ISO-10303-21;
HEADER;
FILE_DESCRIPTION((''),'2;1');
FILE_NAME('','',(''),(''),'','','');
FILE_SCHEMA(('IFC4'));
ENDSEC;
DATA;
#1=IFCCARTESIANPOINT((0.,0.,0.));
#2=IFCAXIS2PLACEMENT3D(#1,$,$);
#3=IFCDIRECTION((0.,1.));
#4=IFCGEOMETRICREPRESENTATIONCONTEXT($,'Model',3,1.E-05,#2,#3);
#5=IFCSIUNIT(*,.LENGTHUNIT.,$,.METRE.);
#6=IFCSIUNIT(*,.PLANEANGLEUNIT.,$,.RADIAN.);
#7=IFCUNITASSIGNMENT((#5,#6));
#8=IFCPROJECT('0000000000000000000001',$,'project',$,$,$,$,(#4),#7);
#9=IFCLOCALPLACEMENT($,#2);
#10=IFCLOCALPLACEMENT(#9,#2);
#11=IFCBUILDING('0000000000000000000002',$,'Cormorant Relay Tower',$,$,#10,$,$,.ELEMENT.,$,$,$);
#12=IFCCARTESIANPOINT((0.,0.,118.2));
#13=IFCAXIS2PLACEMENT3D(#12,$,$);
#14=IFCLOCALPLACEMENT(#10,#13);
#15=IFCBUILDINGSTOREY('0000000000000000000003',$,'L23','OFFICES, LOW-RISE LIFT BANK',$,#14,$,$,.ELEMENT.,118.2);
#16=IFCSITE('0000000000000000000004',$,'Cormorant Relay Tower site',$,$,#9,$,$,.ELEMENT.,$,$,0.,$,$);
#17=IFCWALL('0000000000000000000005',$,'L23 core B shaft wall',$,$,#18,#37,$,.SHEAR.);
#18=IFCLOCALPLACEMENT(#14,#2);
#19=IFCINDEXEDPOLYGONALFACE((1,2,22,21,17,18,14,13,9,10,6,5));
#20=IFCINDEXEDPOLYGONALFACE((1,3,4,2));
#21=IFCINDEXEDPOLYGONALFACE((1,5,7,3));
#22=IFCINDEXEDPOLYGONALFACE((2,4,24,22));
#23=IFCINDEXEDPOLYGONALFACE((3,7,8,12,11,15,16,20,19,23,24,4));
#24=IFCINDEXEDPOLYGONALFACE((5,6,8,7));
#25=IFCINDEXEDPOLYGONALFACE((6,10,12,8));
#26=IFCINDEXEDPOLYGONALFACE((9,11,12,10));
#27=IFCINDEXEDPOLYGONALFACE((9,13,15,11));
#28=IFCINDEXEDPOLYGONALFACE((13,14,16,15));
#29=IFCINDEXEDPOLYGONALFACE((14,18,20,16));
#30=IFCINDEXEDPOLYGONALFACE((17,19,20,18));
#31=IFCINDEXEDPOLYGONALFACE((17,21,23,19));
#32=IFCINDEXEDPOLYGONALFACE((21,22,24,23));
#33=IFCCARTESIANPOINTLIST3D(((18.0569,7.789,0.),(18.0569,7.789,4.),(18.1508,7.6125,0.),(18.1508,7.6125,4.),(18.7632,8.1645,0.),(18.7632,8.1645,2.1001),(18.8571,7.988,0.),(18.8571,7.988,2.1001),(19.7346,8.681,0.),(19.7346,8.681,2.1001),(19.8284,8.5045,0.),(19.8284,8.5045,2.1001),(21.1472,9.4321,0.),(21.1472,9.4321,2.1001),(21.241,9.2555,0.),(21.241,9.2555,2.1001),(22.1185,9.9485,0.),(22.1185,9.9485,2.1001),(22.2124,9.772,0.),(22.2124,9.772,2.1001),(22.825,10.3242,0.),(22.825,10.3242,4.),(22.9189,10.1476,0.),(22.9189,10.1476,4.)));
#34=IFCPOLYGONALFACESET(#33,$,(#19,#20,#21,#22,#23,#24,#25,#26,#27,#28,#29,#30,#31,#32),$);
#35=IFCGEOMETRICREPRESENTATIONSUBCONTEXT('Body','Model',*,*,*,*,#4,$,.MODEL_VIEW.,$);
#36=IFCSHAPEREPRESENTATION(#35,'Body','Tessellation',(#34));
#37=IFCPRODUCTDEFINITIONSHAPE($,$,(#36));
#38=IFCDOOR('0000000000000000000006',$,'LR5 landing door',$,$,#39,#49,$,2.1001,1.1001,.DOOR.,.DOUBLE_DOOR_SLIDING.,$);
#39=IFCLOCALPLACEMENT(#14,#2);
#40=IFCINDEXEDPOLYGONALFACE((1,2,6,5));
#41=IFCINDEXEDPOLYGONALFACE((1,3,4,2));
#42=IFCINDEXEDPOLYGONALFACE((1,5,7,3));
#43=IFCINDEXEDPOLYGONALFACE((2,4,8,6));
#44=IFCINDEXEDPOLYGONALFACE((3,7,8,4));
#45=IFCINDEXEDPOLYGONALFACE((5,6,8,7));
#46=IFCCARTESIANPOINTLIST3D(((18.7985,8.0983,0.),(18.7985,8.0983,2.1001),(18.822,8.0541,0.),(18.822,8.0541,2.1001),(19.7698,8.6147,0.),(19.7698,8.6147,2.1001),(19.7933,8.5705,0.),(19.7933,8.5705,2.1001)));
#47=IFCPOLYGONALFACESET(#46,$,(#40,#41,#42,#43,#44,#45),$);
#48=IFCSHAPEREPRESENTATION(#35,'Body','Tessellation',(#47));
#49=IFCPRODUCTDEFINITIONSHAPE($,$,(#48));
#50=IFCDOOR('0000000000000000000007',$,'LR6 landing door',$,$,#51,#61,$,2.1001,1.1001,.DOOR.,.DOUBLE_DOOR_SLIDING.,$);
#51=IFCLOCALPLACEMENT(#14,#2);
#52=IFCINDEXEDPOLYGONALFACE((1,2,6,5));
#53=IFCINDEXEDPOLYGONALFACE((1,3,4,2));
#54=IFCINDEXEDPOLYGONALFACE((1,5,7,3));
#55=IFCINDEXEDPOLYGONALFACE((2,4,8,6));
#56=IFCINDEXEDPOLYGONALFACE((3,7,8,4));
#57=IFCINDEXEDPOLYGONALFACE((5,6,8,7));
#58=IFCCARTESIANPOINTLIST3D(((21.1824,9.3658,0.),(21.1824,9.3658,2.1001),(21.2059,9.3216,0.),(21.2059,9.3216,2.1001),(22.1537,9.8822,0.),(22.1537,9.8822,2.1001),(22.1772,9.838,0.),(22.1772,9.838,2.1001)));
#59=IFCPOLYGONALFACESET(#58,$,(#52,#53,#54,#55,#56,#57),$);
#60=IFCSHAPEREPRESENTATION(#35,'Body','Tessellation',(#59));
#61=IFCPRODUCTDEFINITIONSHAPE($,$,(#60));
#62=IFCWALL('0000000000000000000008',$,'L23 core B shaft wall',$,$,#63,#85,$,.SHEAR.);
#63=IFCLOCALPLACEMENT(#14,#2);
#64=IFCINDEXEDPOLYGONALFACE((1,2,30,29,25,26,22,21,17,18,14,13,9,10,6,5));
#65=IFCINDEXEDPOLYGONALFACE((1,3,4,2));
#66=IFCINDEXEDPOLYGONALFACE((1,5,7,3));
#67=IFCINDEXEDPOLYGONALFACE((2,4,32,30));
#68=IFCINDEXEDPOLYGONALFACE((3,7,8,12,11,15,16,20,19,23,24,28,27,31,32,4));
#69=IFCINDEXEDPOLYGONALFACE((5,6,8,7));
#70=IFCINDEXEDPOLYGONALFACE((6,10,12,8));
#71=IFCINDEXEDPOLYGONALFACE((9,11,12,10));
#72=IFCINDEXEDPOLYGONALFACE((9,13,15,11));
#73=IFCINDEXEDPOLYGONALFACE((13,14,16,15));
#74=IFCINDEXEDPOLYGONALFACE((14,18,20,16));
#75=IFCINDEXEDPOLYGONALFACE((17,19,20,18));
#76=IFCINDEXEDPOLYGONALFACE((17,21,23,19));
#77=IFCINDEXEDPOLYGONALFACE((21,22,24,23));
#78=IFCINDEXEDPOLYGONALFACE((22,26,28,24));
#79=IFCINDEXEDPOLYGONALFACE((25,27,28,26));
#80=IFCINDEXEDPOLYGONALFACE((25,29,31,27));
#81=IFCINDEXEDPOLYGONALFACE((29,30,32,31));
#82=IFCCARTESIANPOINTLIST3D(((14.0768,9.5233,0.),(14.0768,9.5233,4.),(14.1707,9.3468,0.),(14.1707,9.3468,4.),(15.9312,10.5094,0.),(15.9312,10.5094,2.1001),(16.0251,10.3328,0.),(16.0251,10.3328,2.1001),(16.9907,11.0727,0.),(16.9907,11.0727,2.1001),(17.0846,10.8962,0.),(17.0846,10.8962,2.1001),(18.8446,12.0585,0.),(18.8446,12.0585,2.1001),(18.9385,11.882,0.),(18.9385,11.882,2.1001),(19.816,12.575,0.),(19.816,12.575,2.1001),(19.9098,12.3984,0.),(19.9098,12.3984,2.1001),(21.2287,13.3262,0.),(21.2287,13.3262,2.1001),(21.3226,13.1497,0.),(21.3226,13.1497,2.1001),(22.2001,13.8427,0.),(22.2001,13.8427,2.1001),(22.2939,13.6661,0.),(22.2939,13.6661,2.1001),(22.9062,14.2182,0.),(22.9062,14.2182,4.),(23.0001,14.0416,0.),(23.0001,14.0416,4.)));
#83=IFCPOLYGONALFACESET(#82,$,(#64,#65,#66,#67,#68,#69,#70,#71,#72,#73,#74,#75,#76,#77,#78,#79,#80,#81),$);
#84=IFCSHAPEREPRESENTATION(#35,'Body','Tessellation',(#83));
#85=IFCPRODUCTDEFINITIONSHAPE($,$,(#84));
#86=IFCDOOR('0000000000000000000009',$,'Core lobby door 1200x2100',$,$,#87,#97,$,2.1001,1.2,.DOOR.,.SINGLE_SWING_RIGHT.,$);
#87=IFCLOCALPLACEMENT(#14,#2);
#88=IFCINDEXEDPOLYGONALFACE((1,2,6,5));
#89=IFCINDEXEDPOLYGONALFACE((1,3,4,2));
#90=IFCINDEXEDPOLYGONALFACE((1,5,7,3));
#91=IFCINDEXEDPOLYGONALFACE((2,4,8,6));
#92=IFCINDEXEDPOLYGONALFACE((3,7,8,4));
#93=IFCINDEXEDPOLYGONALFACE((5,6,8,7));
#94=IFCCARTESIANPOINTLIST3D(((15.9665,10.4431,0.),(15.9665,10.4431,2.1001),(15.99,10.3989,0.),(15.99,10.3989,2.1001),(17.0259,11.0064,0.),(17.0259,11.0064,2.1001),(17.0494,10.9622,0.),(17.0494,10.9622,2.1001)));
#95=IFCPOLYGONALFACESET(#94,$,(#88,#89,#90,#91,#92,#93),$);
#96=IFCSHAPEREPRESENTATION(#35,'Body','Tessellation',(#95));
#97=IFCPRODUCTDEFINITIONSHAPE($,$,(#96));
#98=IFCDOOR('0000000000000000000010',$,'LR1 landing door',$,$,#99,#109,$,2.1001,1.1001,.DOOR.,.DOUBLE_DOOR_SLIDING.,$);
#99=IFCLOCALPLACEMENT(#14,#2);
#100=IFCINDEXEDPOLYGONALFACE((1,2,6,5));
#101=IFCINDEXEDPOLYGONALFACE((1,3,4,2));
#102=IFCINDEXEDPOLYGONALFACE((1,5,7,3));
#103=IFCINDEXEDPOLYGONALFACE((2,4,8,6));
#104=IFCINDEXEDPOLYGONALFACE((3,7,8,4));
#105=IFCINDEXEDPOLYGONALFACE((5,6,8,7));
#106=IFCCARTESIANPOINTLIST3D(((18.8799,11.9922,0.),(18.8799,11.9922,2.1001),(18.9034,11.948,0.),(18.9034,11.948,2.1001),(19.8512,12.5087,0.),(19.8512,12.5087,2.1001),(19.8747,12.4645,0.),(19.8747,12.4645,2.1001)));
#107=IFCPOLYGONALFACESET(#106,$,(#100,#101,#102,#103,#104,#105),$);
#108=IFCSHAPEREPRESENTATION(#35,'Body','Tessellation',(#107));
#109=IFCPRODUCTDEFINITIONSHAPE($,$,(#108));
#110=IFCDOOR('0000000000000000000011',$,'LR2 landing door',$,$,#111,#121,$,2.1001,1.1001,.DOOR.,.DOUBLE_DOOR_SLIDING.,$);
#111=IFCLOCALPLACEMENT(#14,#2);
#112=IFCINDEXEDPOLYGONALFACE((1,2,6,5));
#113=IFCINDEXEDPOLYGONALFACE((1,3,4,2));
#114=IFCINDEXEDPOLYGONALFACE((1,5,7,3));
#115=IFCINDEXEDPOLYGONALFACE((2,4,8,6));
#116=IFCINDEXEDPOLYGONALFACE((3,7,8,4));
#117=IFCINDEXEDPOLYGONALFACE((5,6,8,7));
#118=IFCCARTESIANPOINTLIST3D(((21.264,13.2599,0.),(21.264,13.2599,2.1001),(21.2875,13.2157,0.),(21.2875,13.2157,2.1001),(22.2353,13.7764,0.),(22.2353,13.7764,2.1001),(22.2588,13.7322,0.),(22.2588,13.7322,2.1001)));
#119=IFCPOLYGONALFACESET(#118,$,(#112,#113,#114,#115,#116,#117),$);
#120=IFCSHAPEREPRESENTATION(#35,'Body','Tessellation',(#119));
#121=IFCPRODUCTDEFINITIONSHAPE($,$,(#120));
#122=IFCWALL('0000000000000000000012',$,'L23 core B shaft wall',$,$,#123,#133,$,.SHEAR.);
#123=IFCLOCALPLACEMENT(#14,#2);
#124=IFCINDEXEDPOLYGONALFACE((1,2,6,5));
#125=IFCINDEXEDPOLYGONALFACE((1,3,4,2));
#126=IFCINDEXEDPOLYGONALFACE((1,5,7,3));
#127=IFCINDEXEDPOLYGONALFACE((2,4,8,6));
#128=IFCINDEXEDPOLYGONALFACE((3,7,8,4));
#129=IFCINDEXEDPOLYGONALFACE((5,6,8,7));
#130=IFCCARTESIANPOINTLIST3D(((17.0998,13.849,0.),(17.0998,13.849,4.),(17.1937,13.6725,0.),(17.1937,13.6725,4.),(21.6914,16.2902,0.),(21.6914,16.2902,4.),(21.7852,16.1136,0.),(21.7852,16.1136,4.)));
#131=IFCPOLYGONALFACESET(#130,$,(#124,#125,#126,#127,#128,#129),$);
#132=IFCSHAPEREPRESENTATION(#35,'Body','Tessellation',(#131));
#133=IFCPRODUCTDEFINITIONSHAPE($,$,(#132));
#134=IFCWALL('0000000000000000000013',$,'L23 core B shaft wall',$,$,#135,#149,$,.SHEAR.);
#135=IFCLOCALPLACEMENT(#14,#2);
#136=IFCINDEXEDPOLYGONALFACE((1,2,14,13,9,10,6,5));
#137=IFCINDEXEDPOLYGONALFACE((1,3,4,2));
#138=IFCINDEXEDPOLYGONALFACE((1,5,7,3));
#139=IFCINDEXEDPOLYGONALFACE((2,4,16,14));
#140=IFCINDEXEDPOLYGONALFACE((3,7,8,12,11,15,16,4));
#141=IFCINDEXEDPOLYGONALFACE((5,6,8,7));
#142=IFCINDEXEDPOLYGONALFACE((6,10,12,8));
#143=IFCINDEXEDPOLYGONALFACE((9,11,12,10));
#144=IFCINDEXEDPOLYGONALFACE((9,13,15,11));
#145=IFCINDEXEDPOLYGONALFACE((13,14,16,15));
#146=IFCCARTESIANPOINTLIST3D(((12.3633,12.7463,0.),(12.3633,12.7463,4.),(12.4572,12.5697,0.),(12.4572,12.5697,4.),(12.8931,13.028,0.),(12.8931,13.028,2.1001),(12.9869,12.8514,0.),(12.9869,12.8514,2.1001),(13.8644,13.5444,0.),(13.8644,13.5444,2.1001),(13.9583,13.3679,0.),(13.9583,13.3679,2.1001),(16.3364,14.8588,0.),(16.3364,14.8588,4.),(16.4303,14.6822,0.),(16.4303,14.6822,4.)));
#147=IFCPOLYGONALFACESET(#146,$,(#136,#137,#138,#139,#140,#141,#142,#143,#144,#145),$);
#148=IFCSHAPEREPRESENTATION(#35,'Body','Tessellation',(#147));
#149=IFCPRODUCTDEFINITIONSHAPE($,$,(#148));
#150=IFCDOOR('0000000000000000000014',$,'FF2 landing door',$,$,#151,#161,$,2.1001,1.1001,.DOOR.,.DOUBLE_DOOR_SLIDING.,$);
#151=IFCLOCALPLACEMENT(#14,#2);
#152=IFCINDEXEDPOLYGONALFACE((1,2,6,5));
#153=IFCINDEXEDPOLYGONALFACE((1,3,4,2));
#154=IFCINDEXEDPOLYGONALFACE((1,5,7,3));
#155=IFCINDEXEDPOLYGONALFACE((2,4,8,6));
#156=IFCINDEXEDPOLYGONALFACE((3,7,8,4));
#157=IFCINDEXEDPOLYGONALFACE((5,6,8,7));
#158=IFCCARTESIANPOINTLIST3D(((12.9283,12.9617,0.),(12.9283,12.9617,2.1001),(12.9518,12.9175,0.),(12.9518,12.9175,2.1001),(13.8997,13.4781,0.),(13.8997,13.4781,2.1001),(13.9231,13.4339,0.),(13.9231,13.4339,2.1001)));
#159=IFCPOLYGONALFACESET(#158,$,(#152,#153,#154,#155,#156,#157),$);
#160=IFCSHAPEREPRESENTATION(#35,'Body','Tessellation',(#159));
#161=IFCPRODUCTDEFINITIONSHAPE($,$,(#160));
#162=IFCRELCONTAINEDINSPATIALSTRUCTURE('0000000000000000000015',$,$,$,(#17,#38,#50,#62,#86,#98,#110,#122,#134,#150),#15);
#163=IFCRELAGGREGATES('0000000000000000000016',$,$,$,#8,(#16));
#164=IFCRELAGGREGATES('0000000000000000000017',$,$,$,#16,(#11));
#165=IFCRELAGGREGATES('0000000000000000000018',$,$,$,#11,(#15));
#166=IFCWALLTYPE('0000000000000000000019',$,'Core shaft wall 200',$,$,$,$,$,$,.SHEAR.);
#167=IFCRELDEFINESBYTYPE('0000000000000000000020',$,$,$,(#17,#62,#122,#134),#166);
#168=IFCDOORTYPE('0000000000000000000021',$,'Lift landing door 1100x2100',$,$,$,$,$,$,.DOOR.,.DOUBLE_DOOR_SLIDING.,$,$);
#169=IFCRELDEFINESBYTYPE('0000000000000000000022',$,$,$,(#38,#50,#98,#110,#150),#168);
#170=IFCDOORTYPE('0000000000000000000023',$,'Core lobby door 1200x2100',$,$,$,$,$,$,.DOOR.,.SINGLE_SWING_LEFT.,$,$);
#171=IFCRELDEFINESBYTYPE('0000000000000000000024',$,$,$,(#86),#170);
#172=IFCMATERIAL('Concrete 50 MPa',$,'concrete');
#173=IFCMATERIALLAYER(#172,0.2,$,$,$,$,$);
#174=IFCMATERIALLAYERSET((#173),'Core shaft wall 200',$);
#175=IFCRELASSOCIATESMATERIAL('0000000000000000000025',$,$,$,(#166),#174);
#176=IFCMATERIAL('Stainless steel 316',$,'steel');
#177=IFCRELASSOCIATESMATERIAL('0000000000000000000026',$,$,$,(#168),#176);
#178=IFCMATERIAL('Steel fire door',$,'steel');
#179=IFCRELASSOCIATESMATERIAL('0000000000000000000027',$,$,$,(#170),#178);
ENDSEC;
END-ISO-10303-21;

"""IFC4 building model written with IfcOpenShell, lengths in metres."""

from ifc_helpers import new_model, si_unit, direction, frame, frame_2d, origin, place, context, subcontext, project, spatial, rectangle, extrude, material, layer, layer_set, type_object, element, fill, save


model = new_model("IFC4")

# Units and contexts
model_context = context("Model", 3, precision=1e-05, world=origin(), true_north=direction((0.0, 1.0)))
body_context = subcontext(model_context, "Body", "Model", "MODEL_VIEW")
ifc_project = project(units=[si_unit("LENGTHUNIT", "METRE"), si_unit("PLANEANGLEUNIT", "RADIAN")], contexts=[model_context])

# Site, building, storey
site_placement = place(None, origin())
site = spatial("IfcSite", under=ifc_project, at=site_placement, Name="Cormorant Relay Tower site", CompositionType="ELEMENT", RefElevation=0.0)
building_placement = place(site_placement, origin())
building = spatial("IfcBuilding", under=site, at=building_placement, Name="Cormorant Relay Tower", CompositionType="ELEMENT")
storey_placement = place(building_placement, frame((0.0, 0.0, 118.2)))
storey = spatial("IfcBuildingStorey", under=building, at=storey_placement, Name="L23", Description="OFFICES, LOW-RISE LIFT BANK", CompositionType="ELEMENT", Elevation=118.2)

# Shared definitions
ifc_material_1 = material(Name="Concrete 50 MPa", Category="concrete")
ifc_layer_1 = layer(ifc_material_1, 0.2)
ifc_layer_set_1 = layer_set([ifc_layer_1], Name="Core shaft wall 200")
wall_type_1 = type_object("IfcWallType", Name="Core shaft wall 200", PredefinedType="SHEAR", material=ifc_layer_set_1)

# Walls, openings, doors
wall_1_placement = place(storey_placement, frame((18.1038, 7.7007, 0.0), z_axis=(0.0, 0.0, 1.0), x_axis=(0.882953, 0.469462, 0.0)))
wall_1 = element("IfcWall", 1, at=wall_1_placement, inside=storey, type_object=wall_type_1, Name="L23 core B shaft wall", PredefinedType="SHEAR", context=body_context, shape_type="SweptSolid", body=[
    extrude(rectangle(XDim=5.4001, YDim=0.2, at=frame_2d((2.7002, 0.0))), origin(), (0.0, 0.0, 1.0), 4.0),
])
opening_1_placement = place(wall_1_placement, frame((0.8, 0.0, 0.0)))
opening_1 = element("IfcOpeningElement", 2, at=opening_1_placement, cuts=wall_1, PredefinedType="OPENING", context=body_context, shape_type="SweptSolid", body=[
    extrude(rectangle(XDim=1.1001, YDim=2.1001, at=frame_2d((0.55, 1.05))), frame((0.0, 0.1099, 0.0), z_axis=(0.0, -1.0, 0.0), x_axis=(1.0, 0.0, 0.0)), (0.0, 0.0, 1.0), 0.22),
])
opening_2_placement = place(wall_1_placement, frame((3.5, 0.0, 0.0)))
opening_2 = element("IfcOpeningElement", 3, at=opening_2_placement, cuts=wall_1, PredefinedType="OPENING", context=body_context, shape_type="SweptSolid", body=[
    extrude(rectangle(XDim=1.1001, YDim=2.1001, at=frame_2d((0.55, 1.05))), frame((0.0, 0.1099, 0.0), z_axis=(0.0, -1.0, 0.0), x_axis=(1.0, 0.0, 0.0)), (0.0, 0.0, 1.0), 0.22),
])
ifc_material_2 = material(Name="Stainless steel 316", Category="steel")
door_type_1 = type_object("IfcDoorType", Name="Lift landing door 1100x2100", OperationType="DOUBLE_DOOR_SLIDING", PredefinedType="DOOR", material=ifc_material_2)
door_1_placement = place(opening_1_placement, origin())
door_1 = element("IfcDoor", 4, at=door_1_placement, inside=storey, type_object=door_type_1, Name="LR5 landing door", OperationType="DOUBLE_DOOR_SLIDING", OverallHeight=2.1001, OverallWidth=1.1001, PredefinedType="DOOR", context=body_context, shape_type="SweptSolid", body=[
    extrude(rectangle(XDim=1.1001, YDim=2.1001, at=frame_2d((0.55, 1.05))), frame((0.0, 0.0249, 0.0), z_axis=(0.0, -1.0, 0.0), x_axis=(1.0, 0.0, 0.0)), (0.0, 0.0, 1.0), 0.05),
])
fill(opening_1, door_1)
door_2_placement = place(opening_2_placement, origin())
door_2 = element("IfcDoor", 5, at=door_2_placement, inside=storey, type_object=door_type_1, Name="LR6 landing door", OperationType="DOUBLE_DOOR_SLIDING", OverallHeight=2.1001, OverallWidth=1.1001, PredefinedType="DOOR", context=body_context, shape_type="SweptSolid", body=[
    extrude(rectangle(XDim=1.1001, YDim=2.1001, at=frame_2d((0.55, 1.05))), frame((0.0, 0.0249, 0.0), z_axis=(0.0, -1.0, 0.0), x_axis=(1.0, 0.0, 0.0)), (0.0, 0.0, 1.0), 0.05),
])
fill(opening_2, door_2)
wall_2_placement = place(storey_placement, frame((14.1238, 9.4351, 0.0), z_axis=(0.0, 0.0, 1.0), x_axis=(0.88294, 0.469485, 0.0)))
wall_2 = element("IfcWall", 6, at=wall_2_placement, inside=storey, type_object=wall_type_1, Name="L23 core B shaft wall", PredefinedType="SHEAR", context=body_context, shape_type="SweptSolid", body=[
    extrude(rectangle(XDim=10.0, YDim=0.2, at=frame_2d((5.0, 0.0))), origin(), (0.0, 0.0, 1.0), 4.0),
])
opening_3_placement = place(wall_2_placement, frame((2.1001, 0.0, 0.0)))
opening_3 = element("IfcOpeningElement", 7, at=opening_3_placement, cuts=wall_2, PredefinedType="OPENING", context=body_context, shape_type="SweptSolid", body=[
    extrude(rectangle(XDim=1.2, YDim=2.1001, at=frame_2d((0.6001, 1.05))), frame((0.0, 0.1099, 0.0), z_axis=(0.0, -1.0, 0.0), x_axis=(1.0, 0.0, 0.0)), (0.0, 0.0, 1.0), 0.22),
])
opening_4_placement = place(wall_2_placement, frame((5.3999, 0.0, 0.0)))
opening_4 = element("IfcOpeningElement", 8, at=opening_4_placement, cuts=wall_2, PredefinedType="OPENING", context=body_context, shape_type="SweptSolid", body=[
    extrude(rectangle(XDim=1.1001, YDim=2.1001, at=frame_2d((0.55, 1.05))), frame((0.0, 0.1099, 0.0), z_axis=(0.0, -1.0, 0.0), x_axis=(1.0, 0.0, 0.0)), (0.0, 0.0, 1.0), 0.22),
])
opening_5_placement = place(wall_2_placement, frame((8.1001, 0.0, 0.0)))
opening_5 = element("IfcOpeningElement", 9, at=opening_5_placement, cuts=wall_2, PredefinedType="OPENING", context=body_context, shape_type="SweptSolid", body=[
    extrude(rectangle(XDim=1.1001, YDim=2.1001, at=frame_2d((0.55, 1.05))), frame((0.0, 0.1099, 0.0), z_axis=(0.0, -1.0, 0.0), x_axis=(1.0, 0.0, 0.0)), (0.0, 0.0, 1.0), 0.22),
])
ifc_material_3 = material(Name="Steel fire door", Category="steel")
door_type_2 = type_object("IfcDoorType", Name="Core lobby door 1200x2100", OperationType="SINGLE_SWING_LEFT", PredefinedType="DOOR", material=ifc_material_3)
door_3_placement = place(opening_3_placement, origin())
door_3 = element("IfcDoor", 10, at=door_3_placement, inside=storey, type_object=door_type_2, Name="Core lobby door 1200x2100", OperationType="SINGLE_SWING_RIGHT", OverallHeight=2.1001, OverallWidth=1.2, PredefinedType="DOOR", context=body_context, shape_type="SweptSolid", body=[
    extrude(rectangle(XDim=1.2, YDim=2.1001, at=frame_2d((0.6001, 1.05))), frame((0.0, 0.0249, 0.0), z_axis=(0.0, -1.0, 0.0), x_axis=(1.0, 0.0, 0.0)), (0.0, 0.0, 1.0), 0.05),
])
fill(opening_3, door_3)
door_4_placement = place(opening_4_placement, origin())
door_4 = element("IfcDoor", 11, at=door_4_placement, inside=storey, type_object=door_type_1, Name="LR1 landing door", OperationType="DOUBLE_DOOR_SLIDING", OverallHeight=2.1001, OverallWidth=1.1001, PredefinedType="DOOR", context=body_context, shape_type="SweptSolid", body=[
    extrude(rectangle(XDim=1.1001, YDim=2.1001, at=frame_2d((0.55, 1.05))), frame((0.0, 0.0249, 0.0), z_axis=(0.0, -1.0, 0.0), x_axis=(1.0, 0.0, 0.0)), (0.0, 0.0, 1.0), 0.05),
])
fill(opening_4, door_4)
door_5_placement = place(opening_5_placement, origin())
door_5 = element("IfcDoor", 12, at=door_5_placement, inside=storey, type_object=door_type_1, Name="LR2 landing door", OperationType="DOUBLE_DOOR_SLIDING", OverallHeight=2.1001, OverallWidth=1.1001, PredefinedType="DOOR", context=body_context, shape_type="SweptSolid", body=[
    extrude(rectangle(XDim=1.1001, YDim=2.1001, at=frame_2d((0.55, 1.05))), frame((0.0, 0.0249, 0.0), z_axis=(0.0, -1.0, 0.0), x_axis=(1.0, 0.0, 0.0)), (0.0, 0.0, 1.0), 0.05),
])
fill(opening_5, door_5)

# Wall
wall_3_placement = place(storey_placement, frame((17.1467, 13.7607, 0.0), z_axis=(0.0, 0.0, 1.0), x_axis=(0.882964, 0.46944, 0.0)))
element("IfcWall", 13, at=wall_3_placement, inside=storey, type_object=wall_type_1, Name="L23 core B shaft wall", PredefinedType="SHEAR", context=body_context, shape_type="SweptSolid", body=[
    extrude(rectangle(XDim=5.2002, YDim=0.2, at=frame_2d((2.6001, 0.0))), origin(), (0.0, 0.0, 1.0), 4.0),
])

# Wall, opening, door
wall_4_placement = place(storey_placement, frame((12.4102, 12.658, 0.0), z_axis=(0.0, 0.0, 1.0), x_axis=(0.882948, 0.46947, 0.0)))
wall_4 = element("IfcWall", 14, at=wall_4_placement, inside=storey, type_object=wall_type_1, Name="L23 core B shaft wall", PredefinedType="SHEAR", context=body_context, shape_type="SweptSolid", body=[
    extrude(rectangle(XDim=4.4998, YDim=0.2, at=frame_2d((2.25, 0.0))), origin(), (0.0, 0.0, 1.0), 4.0),
])
opening_6_placement = place(wall_4_placement, frame((0.6001, 0.0, 0.0)))
opening_6 = element("IfcOpeningElement", 15, at=opening_6_placement, cuts=wall_4, PredefinedType="OPENING", context=body_context, shape_type="SweptSolid", body=[
    extrude(rectangle(XDim=1.1001, YDim=2.1001, at=frame_2d((0.55, 1.05))), frame((0.0, 0.1099, 0.0), z_axis=(0.0, -1.0, 0.0), x_axis=(1.0, 0.0, 0.0)), (0.0, 0.0, 1.0), 0.22),
])
door_6_placement = place(opening_6_placement, origin())
door_6 = element("IfcDoor", 16, at=door_6_placement, inside=storey, type_object=door_type_1, Name="FF2 landing door", OperationType="DOUBLE_DOOR_SLIDING", OverallHeight=2.1001, OverallWidth=1.1001, PredefinedType="DOOR", context=body_context, shape_type="SweptSolid", body=[
    extrude(rectangle(XDim=1.1001, YDim=2.1001, at=frame_2d((0.55, 1.05))), frame((0.0, 0.0249, 0.0), z_axis=(0.0, -1.0, 0.0), x_axis=(1.0, 0.0, 0.0)), (0.0, 0.0, 1.0), 0.05),
])
fill(opening_6, door_6)

save(model, "model.ifc")
